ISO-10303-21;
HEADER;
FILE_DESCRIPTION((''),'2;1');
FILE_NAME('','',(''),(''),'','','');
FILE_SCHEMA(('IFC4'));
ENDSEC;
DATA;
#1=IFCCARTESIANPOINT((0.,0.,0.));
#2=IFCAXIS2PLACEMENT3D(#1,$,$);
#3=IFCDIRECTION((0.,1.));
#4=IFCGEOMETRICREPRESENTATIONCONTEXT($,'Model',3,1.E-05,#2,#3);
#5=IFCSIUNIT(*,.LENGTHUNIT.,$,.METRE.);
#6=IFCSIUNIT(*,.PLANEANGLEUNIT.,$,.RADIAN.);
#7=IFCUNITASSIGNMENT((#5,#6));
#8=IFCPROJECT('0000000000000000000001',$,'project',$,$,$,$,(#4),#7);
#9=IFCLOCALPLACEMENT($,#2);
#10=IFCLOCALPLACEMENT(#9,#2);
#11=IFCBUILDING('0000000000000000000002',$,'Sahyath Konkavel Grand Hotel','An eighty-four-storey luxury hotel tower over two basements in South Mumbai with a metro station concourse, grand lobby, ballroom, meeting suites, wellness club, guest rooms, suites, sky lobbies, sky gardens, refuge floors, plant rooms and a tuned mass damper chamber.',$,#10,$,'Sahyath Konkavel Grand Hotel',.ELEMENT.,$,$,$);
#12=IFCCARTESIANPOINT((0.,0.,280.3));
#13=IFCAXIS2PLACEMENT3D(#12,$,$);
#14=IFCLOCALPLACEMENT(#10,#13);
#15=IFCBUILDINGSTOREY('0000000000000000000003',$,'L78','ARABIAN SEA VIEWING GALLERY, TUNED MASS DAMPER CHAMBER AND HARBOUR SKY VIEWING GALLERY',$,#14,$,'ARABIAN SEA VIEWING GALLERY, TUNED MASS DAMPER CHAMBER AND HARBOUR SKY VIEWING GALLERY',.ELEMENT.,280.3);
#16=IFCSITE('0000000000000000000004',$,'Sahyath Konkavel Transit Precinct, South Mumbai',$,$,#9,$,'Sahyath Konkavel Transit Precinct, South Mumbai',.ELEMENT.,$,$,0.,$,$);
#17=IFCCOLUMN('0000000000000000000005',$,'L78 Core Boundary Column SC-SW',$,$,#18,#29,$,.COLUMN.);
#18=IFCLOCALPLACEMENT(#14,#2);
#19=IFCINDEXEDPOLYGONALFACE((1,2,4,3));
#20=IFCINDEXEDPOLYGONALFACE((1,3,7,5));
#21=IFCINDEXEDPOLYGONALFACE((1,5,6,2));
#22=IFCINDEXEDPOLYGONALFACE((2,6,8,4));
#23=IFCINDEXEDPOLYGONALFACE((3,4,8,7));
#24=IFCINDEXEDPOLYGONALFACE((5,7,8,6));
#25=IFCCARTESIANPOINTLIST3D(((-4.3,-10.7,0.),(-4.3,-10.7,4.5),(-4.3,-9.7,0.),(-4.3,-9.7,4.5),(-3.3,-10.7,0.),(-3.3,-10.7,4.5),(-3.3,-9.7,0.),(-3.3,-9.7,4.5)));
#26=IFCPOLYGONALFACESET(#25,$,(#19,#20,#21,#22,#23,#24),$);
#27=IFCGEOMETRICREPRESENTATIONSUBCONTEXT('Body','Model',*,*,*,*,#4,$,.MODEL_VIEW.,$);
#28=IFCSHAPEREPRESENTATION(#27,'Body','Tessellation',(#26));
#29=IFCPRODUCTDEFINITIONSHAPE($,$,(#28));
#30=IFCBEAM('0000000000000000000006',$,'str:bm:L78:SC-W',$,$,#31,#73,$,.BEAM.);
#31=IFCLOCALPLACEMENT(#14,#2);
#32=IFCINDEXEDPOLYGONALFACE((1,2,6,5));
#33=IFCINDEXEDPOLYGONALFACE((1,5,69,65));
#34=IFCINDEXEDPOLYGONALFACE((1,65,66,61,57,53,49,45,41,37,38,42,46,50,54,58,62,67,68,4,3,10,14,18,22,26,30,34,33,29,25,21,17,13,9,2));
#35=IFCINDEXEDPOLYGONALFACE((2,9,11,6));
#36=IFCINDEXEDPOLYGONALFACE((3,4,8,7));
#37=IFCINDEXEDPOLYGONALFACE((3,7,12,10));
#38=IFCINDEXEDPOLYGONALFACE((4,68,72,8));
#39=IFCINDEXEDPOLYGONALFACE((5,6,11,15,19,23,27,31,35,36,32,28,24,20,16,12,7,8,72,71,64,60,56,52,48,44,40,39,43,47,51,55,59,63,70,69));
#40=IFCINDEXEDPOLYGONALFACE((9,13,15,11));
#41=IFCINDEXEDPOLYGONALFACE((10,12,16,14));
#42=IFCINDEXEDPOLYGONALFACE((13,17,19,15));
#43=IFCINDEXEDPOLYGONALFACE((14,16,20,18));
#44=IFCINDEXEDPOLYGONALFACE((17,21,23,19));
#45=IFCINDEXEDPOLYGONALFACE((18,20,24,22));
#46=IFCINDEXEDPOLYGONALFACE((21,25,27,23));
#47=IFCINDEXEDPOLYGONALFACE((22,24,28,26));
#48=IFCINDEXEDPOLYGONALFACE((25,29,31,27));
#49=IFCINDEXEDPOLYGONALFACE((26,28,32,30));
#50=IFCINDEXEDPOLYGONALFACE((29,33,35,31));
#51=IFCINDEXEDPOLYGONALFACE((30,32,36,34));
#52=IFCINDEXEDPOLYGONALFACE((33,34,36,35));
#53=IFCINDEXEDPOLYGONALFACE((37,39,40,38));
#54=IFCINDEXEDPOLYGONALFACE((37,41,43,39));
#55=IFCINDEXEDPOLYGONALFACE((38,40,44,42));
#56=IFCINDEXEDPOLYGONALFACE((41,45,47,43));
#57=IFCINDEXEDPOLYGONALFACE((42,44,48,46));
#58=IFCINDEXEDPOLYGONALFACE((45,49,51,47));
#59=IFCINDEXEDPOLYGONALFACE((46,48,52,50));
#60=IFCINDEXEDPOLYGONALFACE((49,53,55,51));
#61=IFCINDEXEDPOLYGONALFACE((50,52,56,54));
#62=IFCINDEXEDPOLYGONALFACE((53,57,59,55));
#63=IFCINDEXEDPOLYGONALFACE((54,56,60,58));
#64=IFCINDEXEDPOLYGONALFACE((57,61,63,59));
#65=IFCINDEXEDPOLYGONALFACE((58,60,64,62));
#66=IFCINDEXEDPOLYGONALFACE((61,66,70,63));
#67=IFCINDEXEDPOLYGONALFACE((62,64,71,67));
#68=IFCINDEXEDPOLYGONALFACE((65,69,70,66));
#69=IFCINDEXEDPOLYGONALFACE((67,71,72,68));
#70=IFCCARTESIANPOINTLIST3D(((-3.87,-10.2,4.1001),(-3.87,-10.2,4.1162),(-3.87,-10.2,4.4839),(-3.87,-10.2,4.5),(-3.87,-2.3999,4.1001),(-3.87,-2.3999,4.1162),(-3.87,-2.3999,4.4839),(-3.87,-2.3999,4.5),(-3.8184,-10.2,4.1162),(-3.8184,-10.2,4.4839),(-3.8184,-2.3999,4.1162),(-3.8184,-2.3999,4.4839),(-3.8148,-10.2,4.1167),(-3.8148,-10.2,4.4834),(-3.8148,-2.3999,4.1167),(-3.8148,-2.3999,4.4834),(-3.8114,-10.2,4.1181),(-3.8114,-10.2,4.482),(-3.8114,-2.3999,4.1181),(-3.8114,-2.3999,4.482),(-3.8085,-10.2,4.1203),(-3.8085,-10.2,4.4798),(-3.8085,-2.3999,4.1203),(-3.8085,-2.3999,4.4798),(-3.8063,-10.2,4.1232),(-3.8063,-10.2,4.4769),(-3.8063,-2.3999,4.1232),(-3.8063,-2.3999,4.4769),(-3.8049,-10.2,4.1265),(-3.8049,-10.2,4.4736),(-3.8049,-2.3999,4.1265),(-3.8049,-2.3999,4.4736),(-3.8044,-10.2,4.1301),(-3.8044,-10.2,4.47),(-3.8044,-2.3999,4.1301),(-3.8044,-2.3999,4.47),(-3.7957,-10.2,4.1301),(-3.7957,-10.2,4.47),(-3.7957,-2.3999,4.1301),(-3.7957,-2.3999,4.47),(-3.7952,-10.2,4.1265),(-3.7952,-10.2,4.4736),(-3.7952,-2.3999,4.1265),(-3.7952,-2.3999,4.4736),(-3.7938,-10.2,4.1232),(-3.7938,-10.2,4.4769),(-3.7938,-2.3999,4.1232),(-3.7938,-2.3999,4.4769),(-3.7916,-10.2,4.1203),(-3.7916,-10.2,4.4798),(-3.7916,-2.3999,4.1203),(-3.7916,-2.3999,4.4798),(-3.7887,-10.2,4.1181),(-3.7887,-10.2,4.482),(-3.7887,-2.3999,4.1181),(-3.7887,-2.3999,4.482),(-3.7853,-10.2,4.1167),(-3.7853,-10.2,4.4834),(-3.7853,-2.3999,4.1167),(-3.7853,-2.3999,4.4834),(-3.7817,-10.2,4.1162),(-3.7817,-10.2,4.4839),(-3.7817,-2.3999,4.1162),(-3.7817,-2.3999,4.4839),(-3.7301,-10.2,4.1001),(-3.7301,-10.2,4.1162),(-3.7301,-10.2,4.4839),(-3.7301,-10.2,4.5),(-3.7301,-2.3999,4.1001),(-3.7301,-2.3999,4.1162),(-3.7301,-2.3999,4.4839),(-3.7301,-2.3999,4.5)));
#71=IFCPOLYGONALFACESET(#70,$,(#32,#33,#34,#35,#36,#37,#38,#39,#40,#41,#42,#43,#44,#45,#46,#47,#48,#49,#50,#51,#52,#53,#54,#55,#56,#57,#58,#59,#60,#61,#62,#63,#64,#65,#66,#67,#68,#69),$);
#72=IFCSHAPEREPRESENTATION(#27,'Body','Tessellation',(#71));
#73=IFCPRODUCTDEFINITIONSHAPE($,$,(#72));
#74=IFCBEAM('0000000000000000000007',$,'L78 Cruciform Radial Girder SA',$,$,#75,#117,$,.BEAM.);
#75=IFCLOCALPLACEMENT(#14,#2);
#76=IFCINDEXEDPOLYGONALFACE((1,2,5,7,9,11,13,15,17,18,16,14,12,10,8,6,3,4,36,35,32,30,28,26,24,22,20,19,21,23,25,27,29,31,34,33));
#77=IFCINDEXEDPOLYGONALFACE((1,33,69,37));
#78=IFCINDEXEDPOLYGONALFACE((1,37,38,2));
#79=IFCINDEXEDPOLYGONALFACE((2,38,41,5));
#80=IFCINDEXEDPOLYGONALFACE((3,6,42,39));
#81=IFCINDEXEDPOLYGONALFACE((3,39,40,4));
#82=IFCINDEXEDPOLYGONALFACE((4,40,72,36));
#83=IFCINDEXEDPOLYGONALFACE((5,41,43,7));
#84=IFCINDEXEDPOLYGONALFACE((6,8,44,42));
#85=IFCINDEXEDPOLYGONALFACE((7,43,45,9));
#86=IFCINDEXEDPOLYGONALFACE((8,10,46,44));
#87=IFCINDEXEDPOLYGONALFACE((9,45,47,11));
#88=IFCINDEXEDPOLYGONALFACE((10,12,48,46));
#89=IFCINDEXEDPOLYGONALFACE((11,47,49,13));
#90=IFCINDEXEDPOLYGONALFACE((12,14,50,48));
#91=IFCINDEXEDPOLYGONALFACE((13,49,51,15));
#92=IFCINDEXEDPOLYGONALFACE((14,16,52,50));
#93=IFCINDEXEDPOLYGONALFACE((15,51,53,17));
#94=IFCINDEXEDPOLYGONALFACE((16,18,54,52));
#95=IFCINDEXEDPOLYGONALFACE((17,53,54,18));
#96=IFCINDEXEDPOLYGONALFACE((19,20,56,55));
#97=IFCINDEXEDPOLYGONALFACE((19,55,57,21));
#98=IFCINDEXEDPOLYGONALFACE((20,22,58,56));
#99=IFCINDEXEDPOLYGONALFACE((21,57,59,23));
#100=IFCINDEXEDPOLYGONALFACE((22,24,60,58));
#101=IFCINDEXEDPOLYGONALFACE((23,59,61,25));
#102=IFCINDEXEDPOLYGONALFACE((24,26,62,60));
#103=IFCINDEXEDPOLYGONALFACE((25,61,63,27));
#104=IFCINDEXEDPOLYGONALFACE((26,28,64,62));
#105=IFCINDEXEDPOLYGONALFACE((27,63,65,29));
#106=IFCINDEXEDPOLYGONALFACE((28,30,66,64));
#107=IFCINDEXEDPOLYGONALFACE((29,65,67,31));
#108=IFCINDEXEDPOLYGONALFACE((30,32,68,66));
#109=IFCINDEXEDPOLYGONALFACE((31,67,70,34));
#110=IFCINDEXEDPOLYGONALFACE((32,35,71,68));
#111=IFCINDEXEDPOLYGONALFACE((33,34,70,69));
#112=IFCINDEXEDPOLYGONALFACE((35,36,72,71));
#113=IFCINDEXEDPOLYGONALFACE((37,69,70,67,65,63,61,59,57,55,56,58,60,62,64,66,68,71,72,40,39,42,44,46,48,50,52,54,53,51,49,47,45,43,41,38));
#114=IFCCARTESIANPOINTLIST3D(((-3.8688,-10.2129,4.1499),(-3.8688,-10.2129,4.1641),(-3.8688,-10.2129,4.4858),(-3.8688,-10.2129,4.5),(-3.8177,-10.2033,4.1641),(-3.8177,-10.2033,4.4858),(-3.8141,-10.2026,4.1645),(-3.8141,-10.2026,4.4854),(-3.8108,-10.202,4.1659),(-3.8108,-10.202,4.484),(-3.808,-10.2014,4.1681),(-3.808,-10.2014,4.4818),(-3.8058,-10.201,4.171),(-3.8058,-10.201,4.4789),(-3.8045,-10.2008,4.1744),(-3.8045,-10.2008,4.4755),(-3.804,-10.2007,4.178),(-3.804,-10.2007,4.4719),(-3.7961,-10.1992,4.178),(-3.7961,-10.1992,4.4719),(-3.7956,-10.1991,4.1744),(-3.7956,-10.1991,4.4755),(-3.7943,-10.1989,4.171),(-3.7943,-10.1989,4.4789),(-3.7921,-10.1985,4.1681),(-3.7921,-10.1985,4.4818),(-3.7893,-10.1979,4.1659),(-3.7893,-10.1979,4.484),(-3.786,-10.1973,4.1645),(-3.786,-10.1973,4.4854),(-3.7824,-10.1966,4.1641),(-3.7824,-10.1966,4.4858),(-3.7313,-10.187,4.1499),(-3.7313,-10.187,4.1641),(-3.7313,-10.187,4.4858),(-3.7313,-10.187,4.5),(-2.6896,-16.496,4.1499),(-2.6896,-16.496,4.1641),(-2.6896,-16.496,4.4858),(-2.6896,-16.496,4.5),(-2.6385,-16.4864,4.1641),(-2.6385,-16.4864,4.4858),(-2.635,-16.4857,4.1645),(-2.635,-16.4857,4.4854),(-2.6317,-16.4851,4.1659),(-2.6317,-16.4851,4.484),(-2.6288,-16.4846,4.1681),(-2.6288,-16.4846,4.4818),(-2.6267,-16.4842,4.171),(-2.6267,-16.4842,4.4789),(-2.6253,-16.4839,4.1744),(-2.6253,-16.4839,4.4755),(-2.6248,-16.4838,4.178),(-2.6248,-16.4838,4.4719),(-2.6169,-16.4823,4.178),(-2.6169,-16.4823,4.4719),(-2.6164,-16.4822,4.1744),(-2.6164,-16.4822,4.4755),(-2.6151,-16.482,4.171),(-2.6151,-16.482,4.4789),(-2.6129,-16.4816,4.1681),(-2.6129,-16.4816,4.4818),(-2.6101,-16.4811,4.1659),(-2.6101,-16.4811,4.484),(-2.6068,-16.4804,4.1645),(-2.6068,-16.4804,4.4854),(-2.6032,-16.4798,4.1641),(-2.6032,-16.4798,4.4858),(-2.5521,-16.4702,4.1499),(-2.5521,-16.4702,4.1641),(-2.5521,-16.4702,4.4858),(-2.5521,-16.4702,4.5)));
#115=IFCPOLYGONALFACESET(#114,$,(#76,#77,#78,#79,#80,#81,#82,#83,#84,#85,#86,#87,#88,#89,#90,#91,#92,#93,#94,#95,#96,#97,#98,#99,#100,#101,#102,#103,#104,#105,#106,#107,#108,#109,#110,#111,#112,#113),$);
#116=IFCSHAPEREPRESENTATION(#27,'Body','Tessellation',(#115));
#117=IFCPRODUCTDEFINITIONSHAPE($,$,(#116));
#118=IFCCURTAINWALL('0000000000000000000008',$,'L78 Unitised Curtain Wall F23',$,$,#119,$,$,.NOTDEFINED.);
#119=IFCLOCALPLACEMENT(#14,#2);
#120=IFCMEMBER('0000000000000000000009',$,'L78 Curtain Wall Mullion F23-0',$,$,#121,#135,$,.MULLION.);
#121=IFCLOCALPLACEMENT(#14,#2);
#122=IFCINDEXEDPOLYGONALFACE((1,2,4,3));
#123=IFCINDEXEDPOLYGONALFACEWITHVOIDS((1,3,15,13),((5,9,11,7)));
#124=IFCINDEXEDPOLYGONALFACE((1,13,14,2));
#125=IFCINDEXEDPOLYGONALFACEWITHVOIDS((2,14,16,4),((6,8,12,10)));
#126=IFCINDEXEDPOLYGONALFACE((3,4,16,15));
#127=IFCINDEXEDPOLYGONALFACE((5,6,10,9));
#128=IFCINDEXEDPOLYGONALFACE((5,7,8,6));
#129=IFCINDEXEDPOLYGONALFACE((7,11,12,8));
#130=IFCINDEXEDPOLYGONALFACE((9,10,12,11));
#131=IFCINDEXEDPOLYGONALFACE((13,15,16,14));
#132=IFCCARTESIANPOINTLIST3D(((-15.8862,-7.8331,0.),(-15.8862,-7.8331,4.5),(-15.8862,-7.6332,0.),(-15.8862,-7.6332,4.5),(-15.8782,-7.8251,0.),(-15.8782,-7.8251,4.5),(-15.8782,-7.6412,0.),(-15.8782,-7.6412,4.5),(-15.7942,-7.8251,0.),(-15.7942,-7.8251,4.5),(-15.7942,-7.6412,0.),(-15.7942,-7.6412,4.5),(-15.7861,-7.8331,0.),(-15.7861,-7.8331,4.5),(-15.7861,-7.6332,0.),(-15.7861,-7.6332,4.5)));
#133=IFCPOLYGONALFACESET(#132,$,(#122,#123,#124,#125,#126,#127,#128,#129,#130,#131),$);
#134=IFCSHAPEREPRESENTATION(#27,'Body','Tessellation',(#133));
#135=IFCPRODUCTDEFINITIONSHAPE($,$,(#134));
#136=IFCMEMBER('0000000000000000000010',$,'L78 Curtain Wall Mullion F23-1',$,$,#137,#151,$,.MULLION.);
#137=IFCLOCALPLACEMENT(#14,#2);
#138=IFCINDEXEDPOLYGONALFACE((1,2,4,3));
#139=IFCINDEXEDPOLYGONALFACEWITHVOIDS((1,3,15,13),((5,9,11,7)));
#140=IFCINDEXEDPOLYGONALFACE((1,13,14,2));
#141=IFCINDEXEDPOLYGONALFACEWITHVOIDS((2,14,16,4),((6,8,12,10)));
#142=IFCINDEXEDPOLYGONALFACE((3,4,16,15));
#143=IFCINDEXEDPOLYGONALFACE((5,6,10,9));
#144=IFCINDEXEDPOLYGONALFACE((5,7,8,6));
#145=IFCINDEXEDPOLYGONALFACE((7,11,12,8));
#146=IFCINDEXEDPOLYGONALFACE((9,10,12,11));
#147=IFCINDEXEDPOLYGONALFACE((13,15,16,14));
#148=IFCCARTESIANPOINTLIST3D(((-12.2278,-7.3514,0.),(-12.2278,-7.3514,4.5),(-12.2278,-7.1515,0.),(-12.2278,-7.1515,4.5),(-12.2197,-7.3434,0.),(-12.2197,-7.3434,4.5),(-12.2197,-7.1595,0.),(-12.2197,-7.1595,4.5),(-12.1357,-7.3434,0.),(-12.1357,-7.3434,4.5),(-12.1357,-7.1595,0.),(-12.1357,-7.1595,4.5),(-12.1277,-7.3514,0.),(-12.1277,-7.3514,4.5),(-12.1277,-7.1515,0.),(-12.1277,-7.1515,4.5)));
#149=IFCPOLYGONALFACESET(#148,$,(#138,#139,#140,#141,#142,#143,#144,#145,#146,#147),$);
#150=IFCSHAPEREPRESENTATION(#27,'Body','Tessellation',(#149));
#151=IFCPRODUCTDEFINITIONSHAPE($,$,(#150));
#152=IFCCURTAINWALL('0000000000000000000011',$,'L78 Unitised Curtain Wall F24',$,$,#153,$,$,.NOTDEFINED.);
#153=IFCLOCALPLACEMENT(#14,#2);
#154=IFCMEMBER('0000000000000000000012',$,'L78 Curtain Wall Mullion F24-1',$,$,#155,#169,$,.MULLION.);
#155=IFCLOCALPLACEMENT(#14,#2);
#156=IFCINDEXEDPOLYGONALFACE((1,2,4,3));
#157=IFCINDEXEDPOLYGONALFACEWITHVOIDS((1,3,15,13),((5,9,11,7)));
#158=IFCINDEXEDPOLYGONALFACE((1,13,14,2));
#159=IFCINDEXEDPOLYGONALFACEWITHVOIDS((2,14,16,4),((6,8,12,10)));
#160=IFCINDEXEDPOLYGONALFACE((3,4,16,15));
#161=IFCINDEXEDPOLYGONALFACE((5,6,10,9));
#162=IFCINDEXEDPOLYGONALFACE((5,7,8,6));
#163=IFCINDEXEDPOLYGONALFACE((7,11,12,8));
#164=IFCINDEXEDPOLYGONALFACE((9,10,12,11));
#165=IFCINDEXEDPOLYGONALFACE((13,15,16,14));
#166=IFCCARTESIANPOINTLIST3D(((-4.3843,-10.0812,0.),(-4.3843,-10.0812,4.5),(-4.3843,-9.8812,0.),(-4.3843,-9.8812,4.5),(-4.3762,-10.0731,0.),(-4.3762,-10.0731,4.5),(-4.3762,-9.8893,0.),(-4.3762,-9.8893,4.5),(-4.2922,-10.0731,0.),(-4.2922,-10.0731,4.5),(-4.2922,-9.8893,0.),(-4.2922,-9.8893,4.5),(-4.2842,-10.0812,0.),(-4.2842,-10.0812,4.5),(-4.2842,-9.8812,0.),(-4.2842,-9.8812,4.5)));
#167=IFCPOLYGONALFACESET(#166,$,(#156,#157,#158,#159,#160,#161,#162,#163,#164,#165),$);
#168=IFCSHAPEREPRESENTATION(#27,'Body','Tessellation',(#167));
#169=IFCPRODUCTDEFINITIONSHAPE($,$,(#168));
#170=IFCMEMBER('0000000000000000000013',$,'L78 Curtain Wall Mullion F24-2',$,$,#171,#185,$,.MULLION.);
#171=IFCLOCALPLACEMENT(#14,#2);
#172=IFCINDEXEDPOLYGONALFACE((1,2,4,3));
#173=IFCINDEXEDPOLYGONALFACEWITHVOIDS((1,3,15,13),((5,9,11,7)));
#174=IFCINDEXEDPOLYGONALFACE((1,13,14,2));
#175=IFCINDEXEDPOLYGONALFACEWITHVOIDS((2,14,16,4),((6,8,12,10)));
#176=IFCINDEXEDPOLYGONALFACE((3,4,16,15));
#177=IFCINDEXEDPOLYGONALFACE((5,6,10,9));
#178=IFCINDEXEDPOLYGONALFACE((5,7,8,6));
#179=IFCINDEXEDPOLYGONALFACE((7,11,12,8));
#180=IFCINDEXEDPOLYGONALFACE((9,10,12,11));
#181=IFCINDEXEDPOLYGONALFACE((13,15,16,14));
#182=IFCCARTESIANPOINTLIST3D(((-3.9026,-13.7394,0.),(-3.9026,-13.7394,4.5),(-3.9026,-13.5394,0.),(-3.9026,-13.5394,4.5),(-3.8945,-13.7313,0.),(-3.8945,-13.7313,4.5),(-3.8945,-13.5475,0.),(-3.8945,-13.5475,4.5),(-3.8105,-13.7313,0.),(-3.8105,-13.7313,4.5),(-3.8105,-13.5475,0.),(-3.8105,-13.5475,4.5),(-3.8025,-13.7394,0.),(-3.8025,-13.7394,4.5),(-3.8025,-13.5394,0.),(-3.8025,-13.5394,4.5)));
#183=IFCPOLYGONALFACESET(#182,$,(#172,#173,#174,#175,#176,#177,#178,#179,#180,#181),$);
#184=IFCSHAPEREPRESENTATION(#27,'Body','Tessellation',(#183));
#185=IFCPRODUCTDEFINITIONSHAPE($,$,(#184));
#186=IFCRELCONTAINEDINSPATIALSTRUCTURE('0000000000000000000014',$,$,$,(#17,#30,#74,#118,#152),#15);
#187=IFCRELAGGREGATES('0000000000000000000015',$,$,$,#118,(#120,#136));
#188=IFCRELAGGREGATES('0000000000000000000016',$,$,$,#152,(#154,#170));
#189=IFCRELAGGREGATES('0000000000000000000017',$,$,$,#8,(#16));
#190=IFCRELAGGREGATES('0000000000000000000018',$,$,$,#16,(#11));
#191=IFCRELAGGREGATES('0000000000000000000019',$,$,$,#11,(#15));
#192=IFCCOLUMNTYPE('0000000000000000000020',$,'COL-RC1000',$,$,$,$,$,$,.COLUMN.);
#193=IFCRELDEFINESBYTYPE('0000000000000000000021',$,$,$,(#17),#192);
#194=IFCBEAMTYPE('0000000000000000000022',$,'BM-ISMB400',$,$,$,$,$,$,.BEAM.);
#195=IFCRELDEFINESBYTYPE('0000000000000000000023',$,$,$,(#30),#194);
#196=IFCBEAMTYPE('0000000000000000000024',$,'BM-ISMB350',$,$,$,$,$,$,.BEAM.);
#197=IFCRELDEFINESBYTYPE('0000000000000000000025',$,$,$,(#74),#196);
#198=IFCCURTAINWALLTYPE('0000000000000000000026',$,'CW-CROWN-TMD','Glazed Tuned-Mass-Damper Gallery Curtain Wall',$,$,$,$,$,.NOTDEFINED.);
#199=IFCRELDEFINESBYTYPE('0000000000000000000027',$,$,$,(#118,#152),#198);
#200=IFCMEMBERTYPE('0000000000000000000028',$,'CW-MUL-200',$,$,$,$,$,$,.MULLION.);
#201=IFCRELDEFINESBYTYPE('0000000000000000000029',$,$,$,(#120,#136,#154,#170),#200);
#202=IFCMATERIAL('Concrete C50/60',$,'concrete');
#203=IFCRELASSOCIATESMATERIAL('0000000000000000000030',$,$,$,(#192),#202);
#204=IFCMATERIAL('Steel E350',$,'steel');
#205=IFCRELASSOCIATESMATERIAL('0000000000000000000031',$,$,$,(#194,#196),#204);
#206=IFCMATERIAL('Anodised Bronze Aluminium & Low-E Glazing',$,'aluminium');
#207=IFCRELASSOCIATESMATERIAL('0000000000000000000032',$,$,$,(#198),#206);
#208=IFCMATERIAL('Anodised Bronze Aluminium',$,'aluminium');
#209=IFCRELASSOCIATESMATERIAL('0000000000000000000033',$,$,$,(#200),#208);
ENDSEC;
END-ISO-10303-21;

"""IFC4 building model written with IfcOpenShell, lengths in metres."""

from ifc_helpers import new_model, si_unit, direction, frame, origin, origin_2d, place, context, subcontext, project, spatial, rectangle, hollow_rectangle, i_section, extrude, source, transform, mapped, material, material_profile, profile_set, type_object, element, aggregate, save


model = new_model("IFC4")

# Units and contexts
model_context = context("Model", 3, precision=1e-05, world=origin(), true_north=direction((0.0, 1.0)))
body_context = subcontext(model_context, "Body", "Model", "MODEL_VIEW")
ifc_project = project(units=[si_unit("LENGTHUNIT", "METRE"), si_unit("PLANEANGLEUNIT", "RADIAN")], contexts=[model_context])

# Site, building, storey
site_placement = place(None, origin())
site = spatial("IfcSite", under=ifc_project, at=site_placement, Name="Sahyath Konkavel Transit Precinct, South Mumbai", LongName="Sahyath Konkavel Transit Precinct, South Mumbai", CompositionType="ELEMENT", RefElevation=0.0)
building_placement = place(site_placement, origin())
building = spatial("IfcBuilding", under=site, at=building_placement, Name="Sahyath Konkavel Grand Hotel", Description="An eighty-four-storey luxury hotel tower over two basements in South Mumbai with a metro station concourse, grand lobby, ballroom, meeting suites, wellness club, guest rooms, suites, sky lobbies, sky gardens, refuge floors, plant rooms and a tuned mass damper chamber.", LongName="Sahyath Konkavel Grand Hotel", CompositionType="ELEMENT")
storey_placement = place(building_placement, frame((0.0, 0.0, 280.3)))
storey = spatial("IfcBuildingStorey", under=building, at=storey_placement, Name="L78", Description="ARABIAN SEA VIEWING GALLERY, TUNED MASS DAMPER CHAMBER AND HARBOUR SKY VIEWING GALLERY", LongName="ARABIAN SEA VIEWING GALLERY, TUNED MASS DAMPER CHAMBER AND HARBOUR SKY VIEWING GALLERY", CompositionType="ELEMENT", Elevation=280.3)

# Column
ifc_material_1 = material(Name="Concrete C50/60", Category="concrete")
ifc_material_profile_1 = material_profile(ifc_material_1, rectangle(XDim=1.0, YDim=1.0, at=origin_2d()), Name="RC 1000x1000")
ifc_profile_set_1 = profile_set([ifc_material_profile_1], Name="Concrete C50/60")
column_type = type_object("IfcColumnType", Name="COL-RC1000", PredefinedType="COLUMN", material=ifc_profile_set_1)
shared_shape_1 = source(origin(), body_context, "Body", "SweptSolid", [
    extrude(rectangle(XDim=1.0, YDim=1.0, at=origin_2d()), origin(), (0.0, 0.0, 1.0), 4.5),
])
column_placement = place(storey_placement, frame((-3.8, -10.2, 0.0), z_axis=(0.0, 0.0, 1.0), x_axis=(1.0, 0.0, 0.0)))
element("IfcColumn", 1, at=column_placement, inside=storey, type_object=column_type, Name="L78 Core Boundary Column SC-SW", PredefinedType="COLUMN", context=body_context, shape_type="MappedRepresentation", body=[
    mapped(shared_shape_1, transform((0.0, 0.0, 0.0), scale=1.0)),
])

# Beams
ifc_material_2 = material(Name="Steel E350", Category="steel")
ifc_material_profile_2 = material_profile(ifc_material_2, i_section(OverallWidth=0.1399, OverallDepth=0.3999, WebThickness=0.0088, FlangeThickness=0.0161, FilletRadius=0.0139, at=origin_2d()), Name="ISMB 400")
ifc_profile_set_2 = profile_set([ifc_material_profile_2], Name="Steel E350")
beam_type_1 = type_object("IfcBeamType", Name="BM-ISMB400", PredefinedType="BEAM", material=ifc_profile_set_2)
shared_shape_2 = source(origin(), body_context, "Body", "SweptSolid", [
    extrude(i_section(OverallWidth=0.1399, OverallDepth=0.3999, WebThickness=0.0088, FlangeThickness=0.0161, FilletRadius=0.0139, at=origin_2d()), origin(), (0.0, 0.0, 1.0), 7.8),
])
beam_1_placement = place(storey_placement, frame((-3.8, -10.2, 4.3), z_axis=(0.0, 1.0, 0.0), x_axis=(-1.0, 0.0, 0.0)))
element("IfcBeam", 2, at=beam_1_placement, inside=storey, type_object=beam_type_1, Name="str:bm:L78:SC-W", PredefinedType="BEAM", context=body_context, shape_type="MappedRepresentation", body=[
    mapped(shared_shape_2, transform((0.0, 0.0, 0.0), scale=1.0)),
])
ifc_material_profile_3 = material_profile(ifc_material_2, i_section(OverallWidth=0.1399, OverallDepth=0.3501, WebThickness=0.0081, FlangeThickness=0.0142, FilletRadius=0.0139, at=origin_2d()), Name="ISMB 350")
ifc_profile_set_3 = profile_set([ifc_material_profile_3], Name="Steel E350")
beam_type_2 = type_object("IfcBeamType", Name="BM-ISMB350", PredefinedType="BEAM", material=ifc_profile_set_3)
shared_shape_3 = source(origin(), body_context, "Body", "SweptSolid", [
    extrude(i_section(OverallWidth=0.1399, OverallDepth=0.3501, WebThickness=0.0081, FlangeThickness=0.0142, FilletRadius=0.0139, at=origin_2d()), origin(), (0.0, 0.0, 1.0), 6.3928),
])
beam_2_placement = place(storey_placement, frame((-3.8, -10.2, 4.325), z_axis=(0.184455, -0.982841, 0.0), x_axis=(0.982841, 0.184455, 0.0)))
element("IfcBeam", 3, at=beam_2_placement, inside=storey, type_object=beam_type_2, Name="L78 Cruciform Radial Girder SA", PredefinedType="BEAM", context=body_context, shape_type="MappedRepresentation", body=[
    mapped(shared_shape_3, transform((0.0, 0.0, 0.0), scale=1.0)),
])

# Curtain walls, members
ifc_material_3 = material(Name="Anodised Bronze Aluminium & Low-E Glazing", Category="aluminium")
curtain_wall_type = type_object("IfcCurtainWallType", Name="CW-CROWN-TMD", Description="Glazed Tuned-Mass-Damper Gallery Curtain Wall", PredefinedType="NOTDEFINED", material=ifc_material_3)
curtain_wall_1_placement = place(storey_placement, origin())
curtain_wall_1 = element("IfcCurtainWall", 4, at=curtain_wall_1_placement, inside=storey, type_object=curtain_wall_type, Name="L78 Unitised Curtain Wall F23", PredefinedType="NOTDEFINED")
ifc_material_4 = material(Name="Anodised Bronze Aluminium", Category="aluminium")
ifc_material_profile_4 = material_profile(ifc_material_4, hollow_rectangle(XDim=0.1001, YDim=0.2, WallThickness=0.0081, at=origin_2d()), Name="RHS 200x100x8")
ifc_profile_set_4 = profile_set([ifc_material_profile_4], Name="Anodised Bronze Aluminium")
member_type_1 = type_object("IfcMemberType", Name="CW-MUL-200", PredefinedType="MULLION", material=ifc_profile_set_4)
shared_shape_4 = source(origin(), body_context, "Body", "SweptSolid", [
    extrude(hollow_rectangle(XDim=0.1001, YDim=0.2, WallThickness=0.0081, at=origin_2d()), origin(), (0.0, 0.0, 1.0), 4.5),
])
member_1_placement = place(storey_placement, frame((-15.8362, -7.7332, 0.0), z_axis=(0.0, 0.0, 1.0), x_axis=(1.0, 0.0, 0.0)))
member_1 = element("IfcMember", 5, at=member_1_placement, type_object=member_type_1, Name="L78 Curtain Wall Mullion F23-0", PredefinedType="MULLION", context=body_context, shape_type="MappedRepresentation", body=[
    mapped(shared_shape_4, transform((0.0, 0.0, 0.0), scale=1.0)),
])
member_2_placement = place(storey_placement, frame((-12.1777, -7.2515, 0.0), z_axis=(0.0, 0.0, 1.0), x_axis=(1.0, 0.0, 0.0)))
member_2 = element("IfcMember", 6, at=member_2_placement, type_object=member_type_1, Name="L78 Curtain Wall Mullion F23-1", PredefinedType="MULLION", context=body_context, shape_type="MappedRepresentation", body=[
    mapped(shared_shape_4, transform((0.0, 0.0, 0.0), scale=1.0)),
])
curtain_wall_2_placement = place(storey_placement, origin())
curtain_wall_2 = element("IfcCurtainWall", 7, at=curtain_wall_2_placement, inside=storey, type_object=curtain_wall_type, Name="L78 Unitised Curtain Wall F24", PredefinedType="NOTDEFINED")
member_3_placement = place(storey_placement, frame((-4.3342, -9.9812, 0.0), z_axis=(0.0, 0.0, 1.0), x_axis=(1.0, 0.0, 0.0)))
member_3 = element("IfcMember", 8, at=member_3_placement, type_object=member_type_1, Name="L78 Curtain Wall Mullion F24-1", PredefinedType="MULLION", context=body_context, shape_type="MappedRepresentation", body=[
    mapped(shared_shape_4, transform((0.0, 0.0, 0.0), scale=1.0)),
])
member_4_placement = place(storey_placement, frame((-3.8525, -13.6394, 0.0), z_axis=(0.0, 0.0, 1.0), x_axis=(1.0, 0.0, 0.0)))
member_4 = element("IfcMember", 9, at=member_4_placement, type_object=member_type_1, Name="L78 Curtain Wall Mullion F24-2", PredefinedType="MULLION", context=body_context, shape_type="MappedRepresentation", body=[
    mapped(shared_shape_4, transform((0.0, 0.0, 0.0), scale=1.0)),
])

aggregate(curtain_wall_1, [member_1, member_2])
aggregate(curtain_wall_2, [member_3, member_4])

save(model, "model.ifc")
